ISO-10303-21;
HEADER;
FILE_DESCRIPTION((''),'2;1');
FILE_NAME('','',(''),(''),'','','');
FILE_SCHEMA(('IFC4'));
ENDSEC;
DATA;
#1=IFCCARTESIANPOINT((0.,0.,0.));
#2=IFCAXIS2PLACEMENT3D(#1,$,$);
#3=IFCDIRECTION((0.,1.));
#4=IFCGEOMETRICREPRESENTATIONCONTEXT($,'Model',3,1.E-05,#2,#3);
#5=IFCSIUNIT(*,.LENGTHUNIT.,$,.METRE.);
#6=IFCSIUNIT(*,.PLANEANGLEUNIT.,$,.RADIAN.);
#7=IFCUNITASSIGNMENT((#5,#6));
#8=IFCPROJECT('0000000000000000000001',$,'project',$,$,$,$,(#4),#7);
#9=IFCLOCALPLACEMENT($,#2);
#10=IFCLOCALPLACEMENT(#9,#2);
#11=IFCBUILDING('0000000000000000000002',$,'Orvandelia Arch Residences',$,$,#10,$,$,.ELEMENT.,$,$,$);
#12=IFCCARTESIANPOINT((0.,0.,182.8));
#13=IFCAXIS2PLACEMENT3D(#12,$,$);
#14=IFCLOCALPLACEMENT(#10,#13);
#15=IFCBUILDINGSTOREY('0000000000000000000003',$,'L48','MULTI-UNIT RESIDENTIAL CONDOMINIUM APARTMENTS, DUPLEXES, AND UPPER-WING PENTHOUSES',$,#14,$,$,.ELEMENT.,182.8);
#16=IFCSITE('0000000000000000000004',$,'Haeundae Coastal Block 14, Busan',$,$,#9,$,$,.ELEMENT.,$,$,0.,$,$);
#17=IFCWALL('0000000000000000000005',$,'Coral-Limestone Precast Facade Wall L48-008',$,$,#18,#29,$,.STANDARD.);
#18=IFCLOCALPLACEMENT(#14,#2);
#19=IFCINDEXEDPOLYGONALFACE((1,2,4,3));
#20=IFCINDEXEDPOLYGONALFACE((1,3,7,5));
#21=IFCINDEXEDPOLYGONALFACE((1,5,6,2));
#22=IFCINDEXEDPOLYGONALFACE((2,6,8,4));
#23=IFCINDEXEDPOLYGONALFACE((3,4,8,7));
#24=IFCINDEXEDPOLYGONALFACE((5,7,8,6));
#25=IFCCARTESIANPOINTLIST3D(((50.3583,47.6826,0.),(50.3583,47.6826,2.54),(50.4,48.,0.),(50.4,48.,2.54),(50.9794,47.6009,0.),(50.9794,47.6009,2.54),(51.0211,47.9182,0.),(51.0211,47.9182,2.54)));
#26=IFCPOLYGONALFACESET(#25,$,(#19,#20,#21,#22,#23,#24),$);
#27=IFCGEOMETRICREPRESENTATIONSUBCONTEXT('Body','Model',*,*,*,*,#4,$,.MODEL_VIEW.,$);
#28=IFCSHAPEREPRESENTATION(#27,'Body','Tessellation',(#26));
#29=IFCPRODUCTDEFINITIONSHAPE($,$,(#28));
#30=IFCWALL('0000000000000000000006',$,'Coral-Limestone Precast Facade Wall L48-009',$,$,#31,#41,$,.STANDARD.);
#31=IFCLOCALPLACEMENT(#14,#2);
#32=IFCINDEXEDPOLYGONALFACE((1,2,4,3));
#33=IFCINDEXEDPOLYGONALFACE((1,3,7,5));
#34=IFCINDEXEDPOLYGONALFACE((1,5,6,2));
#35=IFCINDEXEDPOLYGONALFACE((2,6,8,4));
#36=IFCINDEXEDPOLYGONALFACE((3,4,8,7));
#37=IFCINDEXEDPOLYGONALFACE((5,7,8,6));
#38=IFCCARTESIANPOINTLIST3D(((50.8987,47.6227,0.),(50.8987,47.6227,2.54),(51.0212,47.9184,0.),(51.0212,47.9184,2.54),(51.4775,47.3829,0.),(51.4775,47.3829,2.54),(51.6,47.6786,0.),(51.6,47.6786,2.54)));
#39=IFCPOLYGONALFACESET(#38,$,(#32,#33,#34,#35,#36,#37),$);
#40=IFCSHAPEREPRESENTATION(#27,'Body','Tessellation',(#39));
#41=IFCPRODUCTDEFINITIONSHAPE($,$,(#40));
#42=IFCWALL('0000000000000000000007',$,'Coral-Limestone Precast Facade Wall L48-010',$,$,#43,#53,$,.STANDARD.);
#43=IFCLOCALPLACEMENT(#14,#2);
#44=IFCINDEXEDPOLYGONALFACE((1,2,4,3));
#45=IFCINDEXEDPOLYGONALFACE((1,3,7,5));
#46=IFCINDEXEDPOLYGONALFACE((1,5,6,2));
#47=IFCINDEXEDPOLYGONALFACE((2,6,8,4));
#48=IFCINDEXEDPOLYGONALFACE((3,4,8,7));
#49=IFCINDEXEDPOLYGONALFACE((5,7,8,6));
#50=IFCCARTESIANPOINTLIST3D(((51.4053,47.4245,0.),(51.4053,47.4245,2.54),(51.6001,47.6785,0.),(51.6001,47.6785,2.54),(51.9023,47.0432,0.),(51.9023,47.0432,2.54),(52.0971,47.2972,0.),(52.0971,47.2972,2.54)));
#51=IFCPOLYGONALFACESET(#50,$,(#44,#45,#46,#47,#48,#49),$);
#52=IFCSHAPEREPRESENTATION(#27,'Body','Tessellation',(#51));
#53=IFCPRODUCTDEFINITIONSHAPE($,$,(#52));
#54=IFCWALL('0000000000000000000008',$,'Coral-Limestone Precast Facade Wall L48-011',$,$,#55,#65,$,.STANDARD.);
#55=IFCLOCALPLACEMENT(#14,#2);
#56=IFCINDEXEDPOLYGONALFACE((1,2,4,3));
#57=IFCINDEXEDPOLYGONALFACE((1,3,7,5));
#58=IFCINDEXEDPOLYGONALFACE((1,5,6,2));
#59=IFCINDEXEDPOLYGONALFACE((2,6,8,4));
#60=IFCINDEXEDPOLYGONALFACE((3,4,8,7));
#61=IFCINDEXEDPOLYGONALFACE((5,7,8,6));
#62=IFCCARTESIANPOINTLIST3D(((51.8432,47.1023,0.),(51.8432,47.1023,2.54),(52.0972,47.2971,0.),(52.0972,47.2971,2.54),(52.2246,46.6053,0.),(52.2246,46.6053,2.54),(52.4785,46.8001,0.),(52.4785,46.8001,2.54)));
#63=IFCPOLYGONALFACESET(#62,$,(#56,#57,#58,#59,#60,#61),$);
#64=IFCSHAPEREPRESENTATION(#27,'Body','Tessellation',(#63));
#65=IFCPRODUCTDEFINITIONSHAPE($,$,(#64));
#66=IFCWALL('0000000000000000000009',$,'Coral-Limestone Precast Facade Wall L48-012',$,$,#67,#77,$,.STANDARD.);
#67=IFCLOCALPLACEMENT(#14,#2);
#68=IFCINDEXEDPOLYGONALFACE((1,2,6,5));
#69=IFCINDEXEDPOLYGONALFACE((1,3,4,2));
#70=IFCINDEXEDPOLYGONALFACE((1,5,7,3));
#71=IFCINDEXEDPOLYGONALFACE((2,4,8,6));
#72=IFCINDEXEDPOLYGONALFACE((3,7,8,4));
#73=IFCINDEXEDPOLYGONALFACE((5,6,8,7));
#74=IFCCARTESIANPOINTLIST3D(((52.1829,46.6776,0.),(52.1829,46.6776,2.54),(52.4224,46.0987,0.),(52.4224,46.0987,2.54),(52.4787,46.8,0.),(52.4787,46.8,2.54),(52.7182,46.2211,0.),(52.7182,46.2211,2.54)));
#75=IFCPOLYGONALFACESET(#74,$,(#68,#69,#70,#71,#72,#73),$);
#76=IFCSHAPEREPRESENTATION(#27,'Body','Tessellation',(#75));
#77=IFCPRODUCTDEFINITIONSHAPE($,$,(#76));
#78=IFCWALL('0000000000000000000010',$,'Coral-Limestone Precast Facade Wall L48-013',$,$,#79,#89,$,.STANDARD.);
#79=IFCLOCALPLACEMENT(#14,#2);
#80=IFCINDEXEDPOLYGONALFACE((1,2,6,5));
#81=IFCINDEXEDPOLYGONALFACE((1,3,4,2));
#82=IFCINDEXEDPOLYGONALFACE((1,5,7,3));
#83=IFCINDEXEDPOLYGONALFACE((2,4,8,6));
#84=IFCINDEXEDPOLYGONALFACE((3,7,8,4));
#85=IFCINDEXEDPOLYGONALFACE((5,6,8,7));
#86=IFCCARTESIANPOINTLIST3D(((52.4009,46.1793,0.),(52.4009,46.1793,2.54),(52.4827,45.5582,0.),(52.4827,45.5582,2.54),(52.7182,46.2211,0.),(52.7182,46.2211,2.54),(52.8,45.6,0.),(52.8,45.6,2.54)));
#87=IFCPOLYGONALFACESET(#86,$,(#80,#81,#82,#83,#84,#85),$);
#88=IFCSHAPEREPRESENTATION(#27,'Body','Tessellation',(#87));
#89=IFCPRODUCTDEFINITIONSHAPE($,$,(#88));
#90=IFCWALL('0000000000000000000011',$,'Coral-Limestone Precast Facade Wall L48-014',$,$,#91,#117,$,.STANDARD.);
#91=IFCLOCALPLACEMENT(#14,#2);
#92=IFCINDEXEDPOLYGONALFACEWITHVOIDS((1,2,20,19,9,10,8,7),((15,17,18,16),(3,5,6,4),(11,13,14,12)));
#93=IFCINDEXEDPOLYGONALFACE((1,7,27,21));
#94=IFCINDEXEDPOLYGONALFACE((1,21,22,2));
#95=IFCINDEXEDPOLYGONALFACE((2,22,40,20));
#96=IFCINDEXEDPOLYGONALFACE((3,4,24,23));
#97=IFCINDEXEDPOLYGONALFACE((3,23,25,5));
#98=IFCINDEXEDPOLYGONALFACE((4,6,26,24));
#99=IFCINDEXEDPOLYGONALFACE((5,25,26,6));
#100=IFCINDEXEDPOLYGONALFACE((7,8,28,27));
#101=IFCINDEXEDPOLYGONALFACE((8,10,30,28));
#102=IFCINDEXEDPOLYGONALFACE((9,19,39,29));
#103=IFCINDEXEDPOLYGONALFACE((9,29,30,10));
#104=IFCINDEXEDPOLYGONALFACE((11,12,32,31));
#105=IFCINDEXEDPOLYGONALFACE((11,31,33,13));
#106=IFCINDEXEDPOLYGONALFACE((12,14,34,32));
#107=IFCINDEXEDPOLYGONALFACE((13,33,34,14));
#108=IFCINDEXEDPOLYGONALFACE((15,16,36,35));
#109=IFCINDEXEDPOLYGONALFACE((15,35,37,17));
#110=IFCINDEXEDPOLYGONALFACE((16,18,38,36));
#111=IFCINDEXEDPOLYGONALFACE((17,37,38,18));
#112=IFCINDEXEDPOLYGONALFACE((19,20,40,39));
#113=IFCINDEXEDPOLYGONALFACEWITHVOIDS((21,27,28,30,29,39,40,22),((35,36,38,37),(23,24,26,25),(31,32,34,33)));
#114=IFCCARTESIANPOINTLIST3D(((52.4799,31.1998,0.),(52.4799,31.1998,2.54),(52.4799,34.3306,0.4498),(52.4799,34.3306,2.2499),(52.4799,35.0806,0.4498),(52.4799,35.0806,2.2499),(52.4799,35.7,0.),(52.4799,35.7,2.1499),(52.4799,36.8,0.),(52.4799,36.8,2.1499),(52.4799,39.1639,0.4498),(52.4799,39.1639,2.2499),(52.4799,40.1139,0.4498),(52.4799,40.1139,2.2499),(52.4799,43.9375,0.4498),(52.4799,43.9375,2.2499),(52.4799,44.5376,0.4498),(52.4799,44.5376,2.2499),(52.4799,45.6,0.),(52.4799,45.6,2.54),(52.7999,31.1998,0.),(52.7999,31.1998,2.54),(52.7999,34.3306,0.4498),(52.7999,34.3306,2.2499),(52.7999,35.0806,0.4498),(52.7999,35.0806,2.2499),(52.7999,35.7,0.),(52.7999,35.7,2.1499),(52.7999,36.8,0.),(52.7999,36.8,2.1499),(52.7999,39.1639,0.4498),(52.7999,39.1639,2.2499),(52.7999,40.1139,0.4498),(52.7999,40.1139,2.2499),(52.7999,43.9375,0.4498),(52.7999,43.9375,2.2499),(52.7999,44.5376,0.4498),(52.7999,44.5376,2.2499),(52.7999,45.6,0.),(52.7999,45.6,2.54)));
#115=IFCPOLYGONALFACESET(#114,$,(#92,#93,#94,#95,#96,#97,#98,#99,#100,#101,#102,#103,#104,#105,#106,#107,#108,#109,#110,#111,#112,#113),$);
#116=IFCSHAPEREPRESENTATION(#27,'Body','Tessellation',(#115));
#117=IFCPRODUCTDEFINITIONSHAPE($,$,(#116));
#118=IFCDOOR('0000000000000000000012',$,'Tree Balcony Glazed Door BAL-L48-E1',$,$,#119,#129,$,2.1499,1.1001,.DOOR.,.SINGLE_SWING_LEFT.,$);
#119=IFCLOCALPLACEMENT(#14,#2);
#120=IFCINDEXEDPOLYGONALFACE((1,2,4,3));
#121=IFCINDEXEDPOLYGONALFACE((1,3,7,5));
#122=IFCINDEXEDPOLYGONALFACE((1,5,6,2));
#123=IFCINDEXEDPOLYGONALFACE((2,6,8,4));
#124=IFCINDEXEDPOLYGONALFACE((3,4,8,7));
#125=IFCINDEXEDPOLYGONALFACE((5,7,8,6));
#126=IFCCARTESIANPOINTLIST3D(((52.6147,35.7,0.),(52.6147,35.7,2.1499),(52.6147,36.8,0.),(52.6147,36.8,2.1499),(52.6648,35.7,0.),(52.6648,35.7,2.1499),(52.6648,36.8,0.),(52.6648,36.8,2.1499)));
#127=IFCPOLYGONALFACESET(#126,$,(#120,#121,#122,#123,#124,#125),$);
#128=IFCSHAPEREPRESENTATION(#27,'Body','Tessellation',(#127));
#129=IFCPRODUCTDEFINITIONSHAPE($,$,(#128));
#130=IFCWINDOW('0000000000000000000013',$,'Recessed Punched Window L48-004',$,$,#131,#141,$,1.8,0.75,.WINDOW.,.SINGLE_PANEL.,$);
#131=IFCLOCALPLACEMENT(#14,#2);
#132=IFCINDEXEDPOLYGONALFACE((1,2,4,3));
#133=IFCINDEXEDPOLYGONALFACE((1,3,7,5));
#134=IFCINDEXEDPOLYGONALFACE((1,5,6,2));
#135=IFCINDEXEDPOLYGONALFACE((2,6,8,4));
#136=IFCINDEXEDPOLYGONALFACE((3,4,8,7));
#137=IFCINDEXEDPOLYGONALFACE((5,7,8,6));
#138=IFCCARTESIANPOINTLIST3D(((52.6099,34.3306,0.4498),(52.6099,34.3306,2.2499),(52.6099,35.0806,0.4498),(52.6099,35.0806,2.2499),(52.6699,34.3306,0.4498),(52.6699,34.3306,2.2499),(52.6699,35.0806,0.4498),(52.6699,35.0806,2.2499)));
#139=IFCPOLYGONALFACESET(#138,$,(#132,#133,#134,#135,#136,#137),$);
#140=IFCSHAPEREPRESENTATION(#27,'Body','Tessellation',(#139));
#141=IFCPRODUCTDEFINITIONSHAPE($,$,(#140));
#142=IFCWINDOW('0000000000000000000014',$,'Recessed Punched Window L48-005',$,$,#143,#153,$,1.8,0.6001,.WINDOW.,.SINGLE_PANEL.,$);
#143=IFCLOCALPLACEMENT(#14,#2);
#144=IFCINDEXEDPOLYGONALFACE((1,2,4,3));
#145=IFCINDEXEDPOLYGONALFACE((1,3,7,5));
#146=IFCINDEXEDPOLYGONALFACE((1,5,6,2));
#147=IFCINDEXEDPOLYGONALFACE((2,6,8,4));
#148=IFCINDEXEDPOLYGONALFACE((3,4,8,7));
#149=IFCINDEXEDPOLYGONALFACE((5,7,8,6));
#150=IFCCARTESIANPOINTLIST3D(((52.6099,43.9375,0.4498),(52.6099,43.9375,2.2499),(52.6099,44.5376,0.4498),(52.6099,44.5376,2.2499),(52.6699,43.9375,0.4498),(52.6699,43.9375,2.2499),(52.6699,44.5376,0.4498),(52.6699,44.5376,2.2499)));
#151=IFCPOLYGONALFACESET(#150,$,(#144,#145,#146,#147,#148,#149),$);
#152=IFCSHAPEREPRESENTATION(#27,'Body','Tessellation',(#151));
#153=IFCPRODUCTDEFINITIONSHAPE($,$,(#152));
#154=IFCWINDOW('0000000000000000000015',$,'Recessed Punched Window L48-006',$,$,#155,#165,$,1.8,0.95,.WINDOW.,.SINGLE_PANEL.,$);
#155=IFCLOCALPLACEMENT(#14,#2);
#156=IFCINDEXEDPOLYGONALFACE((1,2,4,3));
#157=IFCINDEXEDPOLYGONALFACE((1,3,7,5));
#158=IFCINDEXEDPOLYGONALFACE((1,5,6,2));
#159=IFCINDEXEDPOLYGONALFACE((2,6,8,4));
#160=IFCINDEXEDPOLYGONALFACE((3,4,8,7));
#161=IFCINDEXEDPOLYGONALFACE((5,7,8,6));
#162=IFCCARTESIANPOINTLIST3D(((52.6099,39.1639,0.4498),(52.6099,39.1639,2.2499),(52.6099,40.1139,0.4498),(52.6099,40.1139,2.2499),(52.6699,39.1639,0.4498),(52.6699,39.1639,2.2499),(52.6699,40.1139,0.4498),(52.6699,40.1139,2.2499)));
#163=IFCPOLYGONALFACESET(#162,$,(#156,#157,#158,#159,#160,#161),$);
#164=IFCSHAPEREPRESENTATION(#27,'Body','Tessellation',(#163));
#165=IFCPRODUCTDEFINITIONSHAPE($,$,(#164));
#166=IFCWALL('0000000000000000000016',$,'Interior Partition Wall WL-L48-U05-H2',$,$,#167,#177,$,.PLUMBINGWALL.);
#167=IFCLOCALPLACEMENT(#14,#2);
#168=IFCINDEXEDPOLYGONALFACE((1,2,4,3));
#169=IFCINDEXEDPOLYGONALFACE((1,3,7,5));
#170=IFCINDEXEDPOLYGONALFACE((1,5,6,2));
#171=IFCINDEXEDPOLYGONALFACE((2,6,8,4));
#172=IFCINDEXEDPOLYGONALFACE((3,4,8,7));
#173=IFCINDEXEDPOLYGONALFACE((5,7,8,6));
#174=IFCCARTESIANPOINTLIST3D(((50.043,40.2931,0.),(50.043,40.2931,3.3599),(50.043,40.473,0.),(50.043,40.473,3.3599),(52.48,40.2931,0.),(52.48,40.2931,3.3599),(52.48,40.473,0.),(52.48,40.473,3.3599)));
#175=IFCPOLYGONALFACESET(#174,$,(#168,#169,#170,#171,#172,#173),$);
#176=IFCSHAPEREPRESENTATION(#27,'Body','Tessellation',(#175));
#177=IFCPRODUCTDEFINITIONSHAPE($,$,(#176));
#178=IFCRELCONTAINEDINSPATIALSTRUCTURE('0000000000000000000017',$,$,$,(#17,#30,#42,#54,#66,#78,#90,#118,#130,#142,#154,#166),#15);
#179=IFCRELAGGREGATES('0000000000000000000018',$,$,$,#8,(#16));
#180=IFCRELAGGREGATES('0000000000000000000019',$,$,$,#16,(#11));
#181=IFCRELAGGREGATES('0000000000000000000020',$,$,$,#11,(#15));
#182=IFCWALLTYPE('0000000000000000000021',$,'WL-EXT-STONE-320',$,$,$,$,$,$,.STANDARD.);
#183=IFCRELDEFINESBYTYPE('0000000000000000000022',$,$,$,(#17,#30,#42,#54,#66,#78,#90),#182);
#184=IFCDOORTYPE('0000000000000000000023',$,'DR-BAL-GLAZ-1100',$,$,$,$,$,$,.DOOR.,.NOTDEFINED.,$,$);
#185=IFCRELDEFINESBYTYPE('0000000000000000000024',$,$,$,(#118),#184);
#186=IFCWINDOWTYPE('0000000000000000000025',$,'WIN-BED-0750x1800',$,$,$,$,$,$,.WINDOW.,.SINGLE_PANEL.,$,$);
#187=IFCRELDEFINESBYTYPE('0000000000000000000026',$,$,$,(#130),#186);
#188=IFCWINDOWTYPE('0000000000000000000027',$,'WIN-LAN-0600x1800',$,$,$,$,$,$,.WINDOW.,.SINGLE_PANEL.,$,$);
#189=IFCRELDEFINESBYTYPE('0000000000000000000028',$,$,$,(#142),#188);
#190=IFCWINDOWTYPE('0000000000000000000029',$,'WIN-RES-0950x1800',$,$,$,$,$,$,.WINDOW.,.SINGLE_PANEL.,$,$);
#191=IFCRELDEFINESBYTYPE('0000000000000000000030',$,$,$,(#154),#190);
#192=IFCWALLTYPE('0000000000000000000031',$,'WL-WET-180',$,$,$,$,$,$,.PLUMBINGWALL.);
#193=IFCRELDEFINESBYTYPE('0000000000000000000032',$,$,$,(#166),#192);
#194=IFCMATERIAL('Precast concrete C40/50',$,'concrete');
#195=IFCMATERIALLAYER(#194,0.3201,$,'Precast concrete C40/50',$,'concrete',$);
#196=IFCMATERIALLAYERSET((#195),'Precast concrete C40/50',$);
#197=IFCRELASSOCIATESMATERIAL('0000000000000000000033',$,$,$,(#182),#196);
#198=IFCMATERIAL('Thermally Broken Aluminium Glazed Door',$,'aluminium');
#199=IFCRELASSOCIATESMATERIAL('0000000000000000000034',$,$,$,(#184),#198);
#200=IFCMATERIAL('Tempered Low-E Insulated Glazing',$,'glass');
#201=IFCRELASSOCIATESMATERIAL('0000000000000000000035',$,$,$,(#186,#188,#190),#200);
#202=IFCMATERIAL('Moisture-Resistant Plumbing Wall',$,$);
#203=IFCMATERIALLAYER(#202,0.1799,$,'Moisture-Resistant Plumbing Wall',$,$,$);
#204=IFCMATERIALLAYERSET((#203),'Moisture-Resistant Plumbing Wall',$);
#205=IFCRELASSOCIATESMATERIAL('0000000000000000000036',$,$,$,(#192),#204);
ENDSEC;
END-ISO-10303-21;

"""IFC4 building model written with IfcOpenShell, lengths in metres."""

from ifc_helpers import new_model, si_unit, direction, frame, frame_2d, origin, place, context, subcontext, project, spatial, rectangle, extrude, material, layer, layer_set, type_object, element, fill, save


model = new_model("IFC4")

# Units and contexts
model_context = context("Model", 3, precision=1e-05, world=origin(), true_north=direction((0.0, 1.0)))
body_context = subcontext(model_context, "Body", "Model", "MODEL_VIEW")
ifc_project = project(units=[si_unit("LENGTHUNIT", "METRE"), si_unit("PLANEANGLEUNIT", "RADIAN")], contexts=[model_context])

# Site, building, storey
site_placement = place(None, origin())
site = spatial("IfcSite", under=ifc_project, at=site_placement, Name="Haeundae Coastal Block 14, Busan", CompositionType="ELEMENT", RefElevation=0.0)
building_placement = place(site_placement, origin())
building = spatial("IfcBuilding", under=site, at=building_placement, Name="Orvandelia Arch Residences", CompositionType="ELEMENT")
storey_placement = place(building_placement, frame((0.0, 0.0, 182.8)))
storey = spatial("IfcBuildingStorey", under=building, at=storey_placement, Name="L48", Description="MULTI-UNIT RESIDENTIAL CONDOMINIUM APARTMENTS, DUPLEXES, AND UPPER-WING PENTHOUSES", CompositionType="ELEMENT", Elevation=182.8)

# Walls
ifc_material_1 = material(Name="Precast concrete C40/50", Category="concrete")
ifc_layer_1 = layer(ifc_material_1, 0.3201, Name="Precast concrete C40/50", Category="concrete")
ifc_layer_set_1 = layer_set([ifc_layer_1], Name="Precast concrete C40/50")
wall_type_1 = type_object("IfcWallType", Name="WL-EXT-STONE-320", PredefinedType="STANDARD", material=ifc_layer_set_1)
for number, where, z_axis, x_axis, name in (
    (1, (50.3792, 47.8413, 0.0), (0.0, 0.0, 1.0), (0.991441, -0.130555, 0.0), "Coral-Limestone Precast Facade Wall L48-008"),
    (2, (50.96, 47.7705, 0.0), (0.0, 0.0, 1.0), (0.923893, -0.38265, 0.0), "Coral-Limestone Precast Facade Wall L48-009"),
    (3, (51.5027, 47.5515, 0.0), (0.0, 0.0, 1.0), (0.793406, -0.608693, 0.0), "Coral-Limestone Precast Facade Wall L48-010"),
    (4, (51.9702, 47.1997, 0.0), (0.0, 0.0, 1.0), (0.608693, -0.793406, 0.0), "Coral-Limestone Precast Facade Wall L48-011"),
    (5, (52.3308, 46.7388, 0.0), (0.0, 0.0, 1.0), (0.382317, -0.924031, 0.0), "Coral-Limestone Precast Facade Wall L48-012"),
    (6, (52.5596, 46.2002, 0.0), (0.0, 0.0, 1.0), (0.130555, -0.991441, 0.0), "Coral-Limestone Precast Facade Wall L48-013"),
):
    element("IfcWall", number, at=place(storey_placement, frame(where, z_axis=z_axis, x_axis=x_axis)), inside=storey, type_object=wall_type_1, Name=name, PredefinedType="STANDARD", context=body_context, shape_type="SweptSolid", body=[
        extrude(rectangle(XDim=0.6265, YDim=0.3201, at=frame_2d((0.3132, 0.0))), origin(), (0.0, 0.0, 1.0), 2.54),
    ])

# Wall, openings, door, windows
wall_1_placement = place(storey_placement, frame((52.6399, 45.6001, 0.0), z_axis=(0.0, 0.0, 1.0), x_axis=(0.0, -1.0, 0.0)))
wall_1 = element("IfcWall", 7, at=wall_1_placement, inside=storey, type_object=wall_type_1, Name="Coral-Limestone Precast Facade Wall L48-014", PredefinedType="STANDARD", context=body_context, shape_type="SweptSolid", body=[
    extrude(rectangle(XDim=14.4001, YDim=0.3201, at=frame_2d((7.2002, 0.0))), origin(), (0.0, 0.0, 1.0), 2.54),
])
opening_1_placement = place(wall_1_placement, frame((8.8, 0.0, 0.0)))
opening_1 = element("IfcOpeningElement", 8, at=opening_1_placement, cuts=wall_1, PredefinedType="OPENING", context=body_context, shape_type="SweptSolid", body=[
    extrude(rectangle(XDim=1.1001, YDim=2.1499, at=frame_2d((0.55, 1.075))), frame((0.0, 0.1699, 0.0), z_axis=(0.0, -1.0, 0.0), x_axis=(1.0, 0.0, 0.0)), (0.0, 0.0, 1.0), 0.3401),
])
opening_2_placement = place(wall_1_placement, frame((10.5195, 0.0, 0.45)))
opening_2 = element("IfcOpeningElement", 9, at=opening_2_placement, cuts=wall_1, PredefinedType="OPENING", context=body_context, shape_type="SweptSolid", body=[
    extrude(rectangle(XDim=0.75, YDim=1.8, at=frame_2d((0.375, 0.8999))), frame((0.0, 0.1699, 0.0), z_axis=(0.0, -1.0, 0.0), x_axis=(1.0, 0.0, 0.0)), (0.0, 0.0, 1.0), 0.3401),
])
opening_3_placement = place(wall_1_placement, frame((1.0625, 0.0, 0.45)))
opening_3 = element("IfcOpeningElement", 10, at=opening_3_placement, cuts=wall_1, PredefinedType="OPENING", context=body_context, shape_type="SweptSolid", body=[
    extrude(rectangle(XDim=0.6001, YDim=1.8, at=frame_2d((0.3, 0.8999))), frame((0.0, 0.1699, 0.0), z_axis=(0.0, -1.0, 0.0), x_axis=(1.0, 0.0, 0.0)), (0.0, 0.0, 1.0), 0.3401),
])
opening_4_placement = place(wall_1_placement, frame((5.4861, 0.0, 0.45)))
opening_4 = element("IfcOpeningElement", 11, at=opening_4_placement, cuts=wall_1, PredefinedType="OPENING", context=body_context, shape_type="SweptSolid", body=[
    extrude(rectangle(XDim=0.95, YDim=1.8, at=frame_2d((0.4751, 0.8999))), frame((0.0, 0.1699, 0.0), z_axis=(0.0, -1.0, 0.0), x_axis=(1.0, 0.0, 0.0)), (0.0, 0.0, 1.0), 0.3401),
])
ifc_material_2 = material(Name="Thermally Broken Aluminium Glazed Door", Category="aluminium")
door_type_1 = type_object("IfcDoorType", Name="DR-BAL-GLAZ-1100", OperationType="NOTDEFINED", PredefinedType="DOOR", material=ifc_material_2)
door_1_placement = place(opening_1_placement, origin())
door_1 = element("IfcDoor", 12, at=door_1_placement, inside=storey, type_object=door_type_1, Name="Tree Balcony Glazed Door BAL-L48-E1", OperationType="SINGLE_SWING_LEFT", OverallHeight=2.1499, OverallWidth=1.1001, PredefinedType="DOOR", context=body_context, shape_type="SweptSolid", body=[
    extrude(rectangle(XDim=1.1001, YDim=2.1499, at=frame_2d((0.55, 1.075))), frame((0.0, 0.0249, 0.0), z_axis=(0.0, -1.0, 0.0), x_axis=(1.0, 0.0, 0.0)), (0.0, 0.0, 1.0), 0.05),
])
fill(opening_1, door_1)
ifc_material_3 = material(Name="Tempered Low-E Insulated Glazing", Category="glass")
window_type_1 = type_object("IfcWindowType", Name="WIN-BED-0750x1800", PartitioningType="SINGLE_PANEL", PredefinedType="WINDOW", material=ifc_material_3)
window_1_placement = place(opening_2_placement, origin())
window_1 = element("IfcWindow", 13, at=window_1_placement, inside=storey, type_object=window_type_1, Name="Recessed Punched Window L48-004", OverallHeight=1.8, OverallWidth=0.75, PartitioningType="SINGLE_PANEL", PredefinedType="WINDOW", context=body_context, shape_type="SweptSolid", body=[
    extrude(rectangle(XDim=0.75, YDim=1.8, at=frame_2d((0.375, 0.8999))), frame((0.0, 0.03, 0.0), z_axis=(0.0, -1.0, 0.0), x_axis=(1.0, 0.0, 0.0)), (0.0, 0.0, 1.0), 0.0601),
])
fill(opening_2, window_1)
window_type_2 = type_object("IfcWindowType", Name="WIN-LAN-0600x1800", PartitioningType="SINGLE_PANEL", PredefinedType="WINDOW", material=ifc_material_3)
window_2_placement = place(opening_3_placement, origin())
window_2 = element("IfcWindow", 14, at=window_2_placement, inside=storey, type_object=window_type_2, Name="Recessed Punched Window L48-005", OverallHeight=1.8, OverallWidth=0.6001, PartitioningType="SINGLE_PANEL", PredefinedType="WINDOW", context=body_context, shape_type="SweptSolid", body=[
    extrude(rectangle(XDim=0.6001, YDim=1.8, at=frame_2d((0.3, 0.8999))), frame((0.0, 0.03, 0.0), z_axis=(0.0, -1.0, 0.0), x_axis=(1.0, 0.0, 0.0)), (0.0, 0.0, 1.0), 0.0601),
])
fill(opening_3, window_2)
window_type_3 = type_object("IfcWindowType", Name="WIN-RES-0950x1800", PartitioningType="SINGLE_PANEL", PredefinedType="WINDOW", material=ifc_material_3)
window_3_placement = place(opening_4_placement, origin())
window_3 = element("IfcWindow", 15, at=window_3_placement, inside=storey, type_object=window_type_3, Name="Recessed Punched Window L48-006", OverallHeight=1.8, OverallWidth=0.95, PartitioningType="SINGLE_PANEL", PredefinedType="WINDOW", context=body_context, shape_type="SweptSolid", body=[
    extrude(rectangle(XDim=0.95, YDim=1.8, at=frame_2d((0.4751, 0.8999))), frame((0.0, 0.03, 0.0), z_axis=(0.0, -1.0, 0.0), x_axis=(1.0, 0.0, 0.0)), (0.0, 0.0, 1.0), 0.0601),
])
fill(opening_4, window_3)

# Wall
ifc_material_4 = material(Name="Moisture-Resistant Plumbing Wall")
ifc_layer_2 = layer(ifc_material_4, 0.1799, Name="Moisture-Resistant Plumbing Wall")
ifc_layer_set_2 = layer_set([ifc_layer_2], Name="Moisture-Resistant Plumbing Wall")
wall_type_2 = type_object("IfcWallType", Name="WL-WET-180", PredefinedType="PLUMBINGWALL", material=ifc_layer_set_2)
wall_2_placement = place(storey_placement, frame((50.043, 40.3831, 0.0), z_axis=(0.0, 0.0, 1.0), x_axis=(1.0, 0.0, 0.0)))
element("IfcWall", 16, at=wall_2_placement, inside=storey, type_object=wall_type_2, Name="Interior Partition Wall WL-L48-U05-H2", PredefinedType="PLUMBINGWALL", context=body_context, shape_type="SweptSolid", body=[
    extrude(rectangle(XDim=2.437, YDim=0.1799, at=frame_2d((1.2185, 0.0))), origin(), (0.0, 0.0, 1.0), 3.3599),
])

save(model, "model.ifc")
